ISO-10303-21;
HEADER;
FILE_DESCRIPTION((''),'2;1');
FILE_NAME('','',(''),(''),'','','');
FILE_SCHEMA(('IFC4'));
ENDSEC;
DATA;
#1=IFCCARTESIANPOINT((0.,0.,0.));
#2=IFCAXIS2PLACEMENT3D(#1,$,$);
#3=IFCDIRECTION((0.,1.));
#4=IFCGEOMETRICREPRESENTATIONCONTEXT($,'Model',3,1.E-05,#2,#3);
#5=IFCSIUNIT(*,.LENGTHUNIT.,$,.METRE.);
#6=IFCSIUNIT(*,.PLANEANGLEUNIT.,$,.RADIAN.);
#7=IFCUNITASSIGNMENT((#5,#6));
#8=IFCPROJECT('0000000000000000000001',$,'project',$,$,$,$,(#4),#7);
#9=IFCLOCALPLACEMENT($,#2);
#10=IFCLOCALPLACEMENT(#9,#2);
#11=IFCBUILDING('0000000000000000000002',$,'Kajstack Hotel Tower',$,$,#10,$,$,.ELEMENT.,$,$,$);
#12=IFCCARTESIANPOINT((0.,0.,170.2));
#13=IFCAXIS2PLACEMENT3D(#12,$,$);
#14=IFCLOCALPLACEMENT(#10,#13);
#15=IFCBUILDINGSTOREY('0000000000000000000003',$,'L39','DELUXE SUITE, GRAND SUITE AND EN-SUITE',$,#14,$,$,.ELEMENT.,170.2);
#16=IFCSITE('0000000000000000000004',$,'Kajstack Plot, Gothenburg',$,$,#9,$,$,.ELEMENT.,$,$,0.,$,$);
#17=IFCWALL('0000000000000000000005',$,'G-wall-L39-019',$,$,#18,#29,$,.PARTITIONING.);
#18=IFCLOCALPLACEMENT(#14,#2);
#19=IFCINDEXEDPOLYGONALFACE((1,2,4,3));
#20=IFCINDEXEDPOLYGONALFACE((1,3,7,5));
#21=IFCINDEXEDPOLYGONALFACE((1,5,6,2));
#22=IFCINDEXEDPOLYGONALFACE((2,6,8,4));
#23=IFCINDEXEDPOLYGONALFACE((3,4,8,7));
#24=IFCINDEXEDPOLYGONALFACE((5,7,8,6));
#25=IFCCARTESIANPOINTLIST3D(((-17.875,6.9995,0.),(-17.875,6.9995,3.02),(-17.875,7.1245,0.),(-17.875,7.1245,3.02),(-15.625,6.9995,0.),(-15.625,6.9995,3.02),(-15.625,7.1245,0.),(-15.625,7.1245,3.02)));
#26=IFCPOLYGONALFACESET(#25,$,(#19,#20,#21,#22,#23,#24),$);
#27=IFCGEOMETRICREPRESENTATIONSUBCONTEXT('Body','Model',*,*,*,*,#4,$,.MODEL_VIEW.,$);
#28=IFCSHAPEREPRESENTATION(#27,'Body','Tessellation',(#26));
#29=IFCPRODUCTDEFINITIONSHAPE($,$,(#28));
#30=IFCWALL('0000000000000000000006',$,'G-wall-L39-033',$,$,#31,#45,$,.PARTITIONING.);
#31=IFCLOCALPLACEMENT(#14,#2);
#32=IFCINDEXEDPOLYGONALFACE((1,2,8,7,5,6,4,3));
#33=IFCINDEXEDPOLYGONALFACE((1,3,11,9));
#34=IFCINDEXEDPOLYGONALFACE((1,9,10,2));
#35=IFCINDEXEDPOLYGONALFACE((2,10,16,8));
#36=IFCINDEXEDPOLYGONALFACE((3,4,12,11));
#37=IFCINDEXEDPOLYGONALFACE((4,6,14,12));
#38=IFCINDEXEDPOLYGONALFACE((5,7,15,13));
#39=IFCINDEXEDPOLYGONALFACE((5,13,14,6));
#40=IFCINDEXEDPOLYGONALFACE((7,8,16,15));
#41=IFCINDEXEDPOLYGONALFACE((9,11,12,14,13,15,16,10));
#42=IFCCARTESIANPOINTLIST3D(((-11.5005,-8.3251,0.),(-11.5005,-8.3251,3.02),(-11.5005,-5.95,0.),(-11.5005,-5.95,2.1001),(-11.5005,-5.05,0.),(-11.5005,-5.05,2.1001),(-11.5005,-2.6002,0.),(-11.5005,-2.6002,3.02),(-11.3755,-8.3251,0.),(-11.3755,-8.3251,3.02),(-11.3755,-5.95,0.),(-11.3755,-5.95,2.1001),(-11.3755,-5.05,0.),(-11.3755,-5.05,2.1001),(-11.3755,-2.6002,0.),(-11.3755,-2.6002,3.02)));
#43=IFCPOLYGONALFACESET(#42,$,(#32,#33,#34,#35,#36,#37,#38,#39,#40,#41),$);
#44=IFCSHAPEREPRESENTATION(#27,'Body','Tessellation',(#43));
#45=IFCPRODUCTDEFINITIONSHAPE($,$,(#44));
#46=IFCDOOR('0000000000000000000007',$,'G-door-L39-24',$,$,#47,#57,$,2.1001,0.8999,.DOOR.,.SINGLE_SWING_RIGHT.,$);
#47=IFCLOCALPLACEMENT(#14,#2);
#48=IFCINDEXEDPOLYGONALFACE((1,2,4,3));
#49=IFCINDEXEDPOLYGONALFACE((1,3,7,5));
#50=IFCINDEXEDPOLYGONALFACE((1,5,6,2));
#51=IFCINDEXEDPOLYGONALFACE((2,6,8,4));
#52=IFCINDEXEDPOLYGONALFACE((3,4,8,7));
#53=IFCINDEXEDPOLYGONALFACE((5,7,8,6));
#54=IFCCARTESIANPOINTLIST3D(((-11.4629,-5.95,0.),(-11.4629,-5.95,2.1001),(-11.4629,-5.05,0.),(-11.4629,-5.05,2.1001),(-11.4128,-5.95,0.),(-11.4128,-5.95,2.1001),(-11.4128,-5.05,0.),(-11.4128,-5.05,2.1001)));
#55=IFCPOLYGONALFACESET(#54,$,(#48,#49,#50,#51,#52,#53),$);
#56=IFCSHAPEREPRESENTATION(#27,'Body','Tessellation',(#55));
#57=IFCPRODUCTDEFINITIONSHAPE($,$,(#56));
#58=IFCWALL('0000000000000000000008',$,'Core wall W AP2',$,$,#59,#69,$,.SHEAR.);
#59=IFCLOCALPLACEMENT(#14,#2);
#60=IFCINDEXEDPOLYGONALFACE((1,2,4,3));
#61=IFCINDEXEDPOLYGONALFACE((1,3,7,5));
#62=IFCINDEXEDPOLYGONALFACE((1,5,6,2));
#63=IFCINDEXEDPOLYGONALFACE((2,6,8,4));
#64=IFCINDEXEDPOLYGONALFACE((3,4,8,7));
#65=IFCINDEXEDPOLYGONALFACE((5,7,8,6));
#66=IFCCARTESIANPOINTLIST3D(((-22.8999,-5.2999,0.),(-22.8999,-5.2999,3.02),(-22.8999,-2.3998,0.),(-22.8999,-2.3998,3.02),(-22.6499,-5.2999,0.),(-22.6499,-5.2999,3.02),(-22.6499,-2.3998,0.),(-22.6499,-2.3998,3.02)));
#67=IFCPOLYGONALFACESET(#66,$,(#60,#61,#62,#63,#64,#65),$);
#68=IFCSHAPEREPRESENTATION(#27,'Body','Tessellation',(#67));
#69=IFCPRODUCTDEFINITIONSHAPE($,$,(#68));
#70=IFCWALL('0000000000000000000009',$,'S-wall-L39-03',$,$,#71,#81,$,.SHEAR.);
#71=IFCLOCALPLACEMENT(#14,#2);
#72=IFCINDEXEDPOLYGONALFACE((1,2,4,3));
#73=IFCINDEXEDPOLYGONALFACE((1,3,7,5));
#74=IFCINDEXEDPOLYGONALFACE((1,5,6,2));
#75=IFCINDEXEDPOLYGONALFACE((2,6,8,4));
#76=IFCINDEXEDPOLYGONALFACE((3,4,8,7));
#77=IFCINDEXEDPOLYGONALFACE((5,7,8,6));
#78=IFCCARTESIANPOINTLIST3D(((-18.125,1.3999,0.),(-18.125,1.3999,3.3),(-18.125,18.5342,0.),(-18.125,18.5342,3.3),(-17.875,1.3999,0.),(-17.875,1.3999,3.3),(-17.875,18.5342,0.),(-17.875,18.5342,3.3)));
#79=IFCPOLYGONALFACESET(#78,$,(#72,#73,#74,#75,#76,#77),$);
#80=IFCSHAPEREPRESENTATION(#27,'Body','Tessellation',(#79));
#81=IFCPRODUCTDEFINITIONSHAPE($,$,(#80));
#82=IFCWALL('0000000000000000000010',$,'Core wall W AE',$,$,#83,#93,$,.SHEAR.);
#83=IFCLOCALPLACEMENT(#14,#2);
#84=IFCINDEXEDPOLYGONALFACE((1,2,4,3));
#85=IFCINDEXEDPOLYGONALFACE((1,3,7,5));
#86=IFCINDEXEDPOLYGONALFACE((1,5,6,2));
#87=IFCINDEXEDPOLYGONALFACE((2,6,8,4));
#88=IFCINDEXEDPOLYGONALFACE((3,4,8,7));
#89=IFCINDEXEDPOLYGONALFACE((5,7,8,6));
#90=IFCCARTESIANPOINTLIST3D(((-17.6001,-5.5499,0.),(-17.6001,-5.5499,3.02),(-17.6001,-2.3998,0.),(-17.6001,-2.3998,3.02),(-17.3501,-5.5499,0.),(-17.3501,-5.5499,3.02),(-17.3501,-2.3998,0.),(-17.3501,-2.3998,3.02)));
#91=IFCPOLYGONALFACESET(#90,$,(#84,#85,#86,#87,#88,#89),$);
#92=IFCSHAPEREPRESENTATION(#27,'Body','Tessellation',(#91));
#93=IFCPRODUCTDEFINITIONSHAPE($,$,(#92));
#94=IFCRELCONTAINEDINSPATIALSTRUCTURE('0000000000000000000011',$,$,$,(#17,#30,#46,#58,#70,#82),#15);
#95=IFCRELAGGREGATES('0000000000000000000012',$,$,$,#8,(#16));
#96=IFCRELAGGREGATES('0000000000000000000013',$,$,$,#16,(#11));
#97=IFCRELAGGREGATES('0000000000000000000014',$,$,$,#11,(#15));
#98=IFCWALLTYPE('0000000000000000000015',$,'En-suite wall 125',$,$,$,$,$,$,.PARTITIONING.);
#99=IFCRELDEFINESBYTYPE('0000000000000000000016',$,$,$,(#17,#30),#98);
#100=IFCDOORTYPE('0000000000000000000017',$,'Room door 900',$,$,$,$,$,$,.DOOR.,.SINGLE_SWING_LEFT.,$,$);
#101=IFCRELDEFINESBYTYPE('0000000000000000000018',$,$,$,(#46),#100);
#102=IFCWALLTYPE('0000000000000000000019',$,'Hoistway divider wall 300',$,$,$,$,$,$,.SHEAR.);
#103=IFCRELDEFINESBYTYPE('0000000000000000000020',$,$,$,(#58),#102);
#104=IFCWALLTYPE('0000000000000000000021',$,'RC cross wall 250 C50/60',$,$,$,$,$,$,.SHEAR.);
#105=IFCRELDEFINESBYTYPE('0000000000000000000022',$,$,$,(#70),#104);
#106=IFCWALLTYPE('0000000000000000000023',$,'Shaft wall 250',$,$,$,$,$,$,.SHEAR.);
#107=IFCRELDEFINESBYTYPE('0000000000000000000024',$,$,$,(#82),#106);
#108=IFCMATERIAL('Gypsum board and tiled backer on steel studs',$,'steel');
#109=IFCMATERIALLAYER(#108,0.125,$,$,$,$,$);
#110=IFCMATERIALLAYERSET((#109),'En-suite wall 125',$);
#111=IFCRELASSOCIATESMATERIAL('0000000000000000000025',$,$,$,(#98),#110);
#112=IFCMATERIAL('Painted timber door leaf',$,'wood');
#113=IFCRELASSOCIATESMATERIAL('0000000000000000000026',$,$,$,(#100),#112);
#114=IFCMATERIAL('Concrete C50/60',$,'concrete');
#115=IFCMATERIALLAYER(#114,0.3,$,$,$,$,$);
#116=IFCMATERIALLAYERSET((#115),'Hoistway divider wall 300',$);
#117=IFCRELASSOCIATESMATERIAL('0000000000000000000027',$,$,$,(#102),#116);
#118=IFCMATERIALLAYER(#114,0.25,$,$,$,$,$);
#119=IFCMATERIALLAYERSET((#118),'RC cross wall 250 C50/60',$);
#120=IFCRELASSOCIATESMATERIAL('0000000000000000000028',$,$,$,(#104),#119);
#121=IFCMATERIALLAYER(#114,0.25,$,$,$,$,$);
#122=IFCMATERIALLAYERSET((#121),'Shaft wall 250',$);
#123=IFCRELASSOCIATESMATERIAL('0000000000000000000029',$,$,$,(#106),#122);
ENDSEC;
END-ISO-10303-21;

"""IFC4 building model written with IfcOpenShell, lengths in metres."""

from ifc_helpers import new_model, si_unit, direction, frame, frame_2d, origin, place, context, subcontext, project, spatial, rectangle, extrude, material, layer, layer_set, type_object, element, fill, save


model = new_model("IFC4")

# Units and contexts
model_context = context("Model", 3, precision=1e-05, world=origin(), true_north=direction((0.0, 1.0)))
body_context = subcontext(model_context, "Body", "Model", "MODEL_VIEW")
ifc_project = project(units=[si_unit("LENGTHUNIT", "METRE"), si_unit("PLANEANGLEUNIT", "RADIAN")], contexts=[model_context])

# Site, building, storey
site_placement = place(None, origin())
site = spatial("IfcSite", under=ifc_project, at=site_placement, Name="Kajstack Plot, Gothenburg", CompositionType="ELEMENT", RefElevation=0.0)
building_placement = place(site_placement, origin())
building = spatial("IfcBuilding", under=site, at=building_placement, Name="Kajstack Hotel Tower", CompositionType="ELEMENT")
storey_placement = place(building_placement, frame((0.0, 0.0, 170.2)))
storey = spatial("IfcBuildingStorey", under=building, at=storey_placement, Name="L39", Description="DELUXE SUITE, GRAND SUITE AND EN-SUITE", CompositionType="ELEMENT", Elevation=170.2)

# Shared definitions
ifc_material_1 = material(Name="Gypsum board and tiled backer on steel studs", Category="steel")
ifc_layer_1 = layer(ifc_material_1, 0.125)
ifc_layer_set_1 = layer_set([ifc_layer_1], Name="En-suite wall 125")
wall_type_1 = type_object("IfcWallType", Name="En-suite wall 125", PredefinedType="PARTITIONING", material=ifc_layer_set_1)
ifc_material_2 = material(Name="Painted timber door leaf", Category="wood")
door_type_1 = type_object("IfcDoorType", Name="Room door 900", OperationType="SINGLE_SWING_LEFT", PredefinedType="DOOR", material=ifc_material_2)

# Wall
wall_1_placement = place(storey_placement, frame((-17.875, 7.062, 0.0), z_axis=(0.0, 0.0, 1.0), x_axis=(1.0, 0.0, 0.0)))
element("IfcWall", 1, at=wall_1_placement, inside=storey, type_object=wall_type_1, Name="G-wall-L39-019", PredefinedType="PARTITIONING", context=body_context, shape_type="SweptSolid", body=[
    extrude(rectangle(XDim=2.25, YDim=0.125, at=frame_2d((1.125, 0.0))), origin(), (0.0, 0.0, 1.0), 3.02),
])

# Wall, opening, door
wall_2_placement = place(storey_placement, frame((-11.438, -8.325, 0.0), z_axis=(0.0, 0.0, 1.0), x_axis=(0.0, 1.0, 0.0)))
wall_2 = element("IfcWall", 2, at=wall_2_placement, inside=storey, type_object=wall_type_1, Name="G-wall-L39-033", PredefinedType="PARTITIONING", context=body_context, shape_type="SweptSolid", body=[
    extrude(rectangle(XDim=5.7249, YDim=0.125, at=frame_2d((2.8623, 0.0))), origin(), (0.0, 0.0, 1.0), 3.02),
])
opening_1_placement = place(wall_2_placement, frame((2.375, 0.0, 0.0)))
opening_1 = element("IfcOpeningElement", 3, at=opening_1_placement, cuts=wall_2, PredefinedType="OPENING", context=body_context, shape_type="SweptSolid", body=[
    extrude(rectangle(XDim=0.8999, YDim=2.1001, at=frame_2d((0.45, 1.05))), frame((0.0, 0.0725, 0.0), z_axis=(0.0, -1.0, 0.0), x_axis=(1.0, 0.0, 0.0)), (0.0, 0.0, 1.0), 0.145),
])
door_1_placement = place(opening_1_placement, origin())
door_1 = element("IfcDoor", 4, at=door_1_placement, inside=storey, type_object=door_type_1, Name="G-door-L39-24", OperationType="SINGLE_SWING_RIGHT", OverallHeight=2.1001, OverallWidth=0.8999, PredefinedType="DOOR", context=body_context, shape_type="SweptSolid", body=[
    extrude(rectangle(XDim=0.8999, YDim=2.1001, at=frame_2d((0.45, 1.05))), frame((0.0, 0.0249, 0.0), z_axis=(0.0, -1.0, 0.0), x_axis=(1.0, 0.0, 0.0)), (0.0, 0.0, 1.0), 0.05),
])
fill(opening_1, door_1)

# Walls
ifc_material_3 = material(Name="Concrete C50/60", Category="concrete")
ifc_layer_2 = layer(ifc_material_3, 0.3)
ifc_layer_set_2 = layer_set([ifc_layer_2], Name="Hoistway divider wall 300")
wall_type_2 = type_object("IfcWallType", Name="Hoistway divider wall 300", PredefinedType="SHEAR", material=ifc_layer_set_2)
wall_3_placement = place(storey_placement, frame((-22.7749, -5.3, 0.0), z_axis=(0.0, 0.0, 1.0), x_axis=(0.0, 1.0, 0.0)))
element("IfcWall", 5, at=wall_3_placement, inside=storey, type_object=wall_type_2, Name="Core wall W AP2", PredefinedType="SHEAR", context=body_context, shape_type="SweptSolid", body=[
    extrude(rectangle(XDim=2.9001, YDim=0.25, at=frame_2d((1.4502, 0.0))), origin(), (0.0, 0.0, 1.0), 3.02),
])
ifc_layer_3 = layer(ifc_material_3, 0.25)
ifc_layer_set_3 = layer_set([ifc_layer_3], Name="RC cross wall 250 C50/60")
wall_type_3 = type_object("IfcWallType", Name="RC cross wall 250 C50/60", PredefinedType="SHEAR", material=ifc_layer_set_3)
wall_4_placement = place(storey_placement, frame((-18.0, 1.3999, 0.0), z_axis=(0.0, 0.0, 1.0), x_axis=(0.0, 1.0, 0.0)))
element("IfcWall", 6, at=wall_4_placement, inside=storey, type_object=wall_type_3, Name="S-wall-L39-03", PredefinedType="SHEAR", context=body_context, shape_type="SweptSolid", body=[
    extrude(rectangle(XDim=17.1343, YDim=0.25, at=frame_2d((8.5671, 0.0))), origin(), (0.0, 0.0, 1.0), 3.3),
])
ifc_layer_4 = layer(ifc_material_3, 0.25)
ifc_layer_set_4 = layer_set([ifc_layer_4], Name="Shaft wall 250")
wall_type_4 = type_object("IfcWallType", Name="Shaft wall 250", PredefinedType="SHEAR", material=ifc_layer_set_4)
wall_5_placement = place(storey_placement, frame((-17.4751, -5.55, 0.0), z_axis=(0.0, 0.0, 1.0), x_axis=(0.0, 1.0, 0.0)))
element("IfcWall", 7, at=wall_5_placement, inside=storey, type_object=wall_type_4, Name="Core wall W AE", PredefinedType="SHEAR", context=body_context, shape_type="SweptSolid", body=[
    extrude(rectangle(XDim=3.1501, YDim=0.25, at=frame_2d((1.5752, 0.0))), origin(), (0.0, 0.0, 1.0), 3.02),
])

save(model, "model.ifc")
